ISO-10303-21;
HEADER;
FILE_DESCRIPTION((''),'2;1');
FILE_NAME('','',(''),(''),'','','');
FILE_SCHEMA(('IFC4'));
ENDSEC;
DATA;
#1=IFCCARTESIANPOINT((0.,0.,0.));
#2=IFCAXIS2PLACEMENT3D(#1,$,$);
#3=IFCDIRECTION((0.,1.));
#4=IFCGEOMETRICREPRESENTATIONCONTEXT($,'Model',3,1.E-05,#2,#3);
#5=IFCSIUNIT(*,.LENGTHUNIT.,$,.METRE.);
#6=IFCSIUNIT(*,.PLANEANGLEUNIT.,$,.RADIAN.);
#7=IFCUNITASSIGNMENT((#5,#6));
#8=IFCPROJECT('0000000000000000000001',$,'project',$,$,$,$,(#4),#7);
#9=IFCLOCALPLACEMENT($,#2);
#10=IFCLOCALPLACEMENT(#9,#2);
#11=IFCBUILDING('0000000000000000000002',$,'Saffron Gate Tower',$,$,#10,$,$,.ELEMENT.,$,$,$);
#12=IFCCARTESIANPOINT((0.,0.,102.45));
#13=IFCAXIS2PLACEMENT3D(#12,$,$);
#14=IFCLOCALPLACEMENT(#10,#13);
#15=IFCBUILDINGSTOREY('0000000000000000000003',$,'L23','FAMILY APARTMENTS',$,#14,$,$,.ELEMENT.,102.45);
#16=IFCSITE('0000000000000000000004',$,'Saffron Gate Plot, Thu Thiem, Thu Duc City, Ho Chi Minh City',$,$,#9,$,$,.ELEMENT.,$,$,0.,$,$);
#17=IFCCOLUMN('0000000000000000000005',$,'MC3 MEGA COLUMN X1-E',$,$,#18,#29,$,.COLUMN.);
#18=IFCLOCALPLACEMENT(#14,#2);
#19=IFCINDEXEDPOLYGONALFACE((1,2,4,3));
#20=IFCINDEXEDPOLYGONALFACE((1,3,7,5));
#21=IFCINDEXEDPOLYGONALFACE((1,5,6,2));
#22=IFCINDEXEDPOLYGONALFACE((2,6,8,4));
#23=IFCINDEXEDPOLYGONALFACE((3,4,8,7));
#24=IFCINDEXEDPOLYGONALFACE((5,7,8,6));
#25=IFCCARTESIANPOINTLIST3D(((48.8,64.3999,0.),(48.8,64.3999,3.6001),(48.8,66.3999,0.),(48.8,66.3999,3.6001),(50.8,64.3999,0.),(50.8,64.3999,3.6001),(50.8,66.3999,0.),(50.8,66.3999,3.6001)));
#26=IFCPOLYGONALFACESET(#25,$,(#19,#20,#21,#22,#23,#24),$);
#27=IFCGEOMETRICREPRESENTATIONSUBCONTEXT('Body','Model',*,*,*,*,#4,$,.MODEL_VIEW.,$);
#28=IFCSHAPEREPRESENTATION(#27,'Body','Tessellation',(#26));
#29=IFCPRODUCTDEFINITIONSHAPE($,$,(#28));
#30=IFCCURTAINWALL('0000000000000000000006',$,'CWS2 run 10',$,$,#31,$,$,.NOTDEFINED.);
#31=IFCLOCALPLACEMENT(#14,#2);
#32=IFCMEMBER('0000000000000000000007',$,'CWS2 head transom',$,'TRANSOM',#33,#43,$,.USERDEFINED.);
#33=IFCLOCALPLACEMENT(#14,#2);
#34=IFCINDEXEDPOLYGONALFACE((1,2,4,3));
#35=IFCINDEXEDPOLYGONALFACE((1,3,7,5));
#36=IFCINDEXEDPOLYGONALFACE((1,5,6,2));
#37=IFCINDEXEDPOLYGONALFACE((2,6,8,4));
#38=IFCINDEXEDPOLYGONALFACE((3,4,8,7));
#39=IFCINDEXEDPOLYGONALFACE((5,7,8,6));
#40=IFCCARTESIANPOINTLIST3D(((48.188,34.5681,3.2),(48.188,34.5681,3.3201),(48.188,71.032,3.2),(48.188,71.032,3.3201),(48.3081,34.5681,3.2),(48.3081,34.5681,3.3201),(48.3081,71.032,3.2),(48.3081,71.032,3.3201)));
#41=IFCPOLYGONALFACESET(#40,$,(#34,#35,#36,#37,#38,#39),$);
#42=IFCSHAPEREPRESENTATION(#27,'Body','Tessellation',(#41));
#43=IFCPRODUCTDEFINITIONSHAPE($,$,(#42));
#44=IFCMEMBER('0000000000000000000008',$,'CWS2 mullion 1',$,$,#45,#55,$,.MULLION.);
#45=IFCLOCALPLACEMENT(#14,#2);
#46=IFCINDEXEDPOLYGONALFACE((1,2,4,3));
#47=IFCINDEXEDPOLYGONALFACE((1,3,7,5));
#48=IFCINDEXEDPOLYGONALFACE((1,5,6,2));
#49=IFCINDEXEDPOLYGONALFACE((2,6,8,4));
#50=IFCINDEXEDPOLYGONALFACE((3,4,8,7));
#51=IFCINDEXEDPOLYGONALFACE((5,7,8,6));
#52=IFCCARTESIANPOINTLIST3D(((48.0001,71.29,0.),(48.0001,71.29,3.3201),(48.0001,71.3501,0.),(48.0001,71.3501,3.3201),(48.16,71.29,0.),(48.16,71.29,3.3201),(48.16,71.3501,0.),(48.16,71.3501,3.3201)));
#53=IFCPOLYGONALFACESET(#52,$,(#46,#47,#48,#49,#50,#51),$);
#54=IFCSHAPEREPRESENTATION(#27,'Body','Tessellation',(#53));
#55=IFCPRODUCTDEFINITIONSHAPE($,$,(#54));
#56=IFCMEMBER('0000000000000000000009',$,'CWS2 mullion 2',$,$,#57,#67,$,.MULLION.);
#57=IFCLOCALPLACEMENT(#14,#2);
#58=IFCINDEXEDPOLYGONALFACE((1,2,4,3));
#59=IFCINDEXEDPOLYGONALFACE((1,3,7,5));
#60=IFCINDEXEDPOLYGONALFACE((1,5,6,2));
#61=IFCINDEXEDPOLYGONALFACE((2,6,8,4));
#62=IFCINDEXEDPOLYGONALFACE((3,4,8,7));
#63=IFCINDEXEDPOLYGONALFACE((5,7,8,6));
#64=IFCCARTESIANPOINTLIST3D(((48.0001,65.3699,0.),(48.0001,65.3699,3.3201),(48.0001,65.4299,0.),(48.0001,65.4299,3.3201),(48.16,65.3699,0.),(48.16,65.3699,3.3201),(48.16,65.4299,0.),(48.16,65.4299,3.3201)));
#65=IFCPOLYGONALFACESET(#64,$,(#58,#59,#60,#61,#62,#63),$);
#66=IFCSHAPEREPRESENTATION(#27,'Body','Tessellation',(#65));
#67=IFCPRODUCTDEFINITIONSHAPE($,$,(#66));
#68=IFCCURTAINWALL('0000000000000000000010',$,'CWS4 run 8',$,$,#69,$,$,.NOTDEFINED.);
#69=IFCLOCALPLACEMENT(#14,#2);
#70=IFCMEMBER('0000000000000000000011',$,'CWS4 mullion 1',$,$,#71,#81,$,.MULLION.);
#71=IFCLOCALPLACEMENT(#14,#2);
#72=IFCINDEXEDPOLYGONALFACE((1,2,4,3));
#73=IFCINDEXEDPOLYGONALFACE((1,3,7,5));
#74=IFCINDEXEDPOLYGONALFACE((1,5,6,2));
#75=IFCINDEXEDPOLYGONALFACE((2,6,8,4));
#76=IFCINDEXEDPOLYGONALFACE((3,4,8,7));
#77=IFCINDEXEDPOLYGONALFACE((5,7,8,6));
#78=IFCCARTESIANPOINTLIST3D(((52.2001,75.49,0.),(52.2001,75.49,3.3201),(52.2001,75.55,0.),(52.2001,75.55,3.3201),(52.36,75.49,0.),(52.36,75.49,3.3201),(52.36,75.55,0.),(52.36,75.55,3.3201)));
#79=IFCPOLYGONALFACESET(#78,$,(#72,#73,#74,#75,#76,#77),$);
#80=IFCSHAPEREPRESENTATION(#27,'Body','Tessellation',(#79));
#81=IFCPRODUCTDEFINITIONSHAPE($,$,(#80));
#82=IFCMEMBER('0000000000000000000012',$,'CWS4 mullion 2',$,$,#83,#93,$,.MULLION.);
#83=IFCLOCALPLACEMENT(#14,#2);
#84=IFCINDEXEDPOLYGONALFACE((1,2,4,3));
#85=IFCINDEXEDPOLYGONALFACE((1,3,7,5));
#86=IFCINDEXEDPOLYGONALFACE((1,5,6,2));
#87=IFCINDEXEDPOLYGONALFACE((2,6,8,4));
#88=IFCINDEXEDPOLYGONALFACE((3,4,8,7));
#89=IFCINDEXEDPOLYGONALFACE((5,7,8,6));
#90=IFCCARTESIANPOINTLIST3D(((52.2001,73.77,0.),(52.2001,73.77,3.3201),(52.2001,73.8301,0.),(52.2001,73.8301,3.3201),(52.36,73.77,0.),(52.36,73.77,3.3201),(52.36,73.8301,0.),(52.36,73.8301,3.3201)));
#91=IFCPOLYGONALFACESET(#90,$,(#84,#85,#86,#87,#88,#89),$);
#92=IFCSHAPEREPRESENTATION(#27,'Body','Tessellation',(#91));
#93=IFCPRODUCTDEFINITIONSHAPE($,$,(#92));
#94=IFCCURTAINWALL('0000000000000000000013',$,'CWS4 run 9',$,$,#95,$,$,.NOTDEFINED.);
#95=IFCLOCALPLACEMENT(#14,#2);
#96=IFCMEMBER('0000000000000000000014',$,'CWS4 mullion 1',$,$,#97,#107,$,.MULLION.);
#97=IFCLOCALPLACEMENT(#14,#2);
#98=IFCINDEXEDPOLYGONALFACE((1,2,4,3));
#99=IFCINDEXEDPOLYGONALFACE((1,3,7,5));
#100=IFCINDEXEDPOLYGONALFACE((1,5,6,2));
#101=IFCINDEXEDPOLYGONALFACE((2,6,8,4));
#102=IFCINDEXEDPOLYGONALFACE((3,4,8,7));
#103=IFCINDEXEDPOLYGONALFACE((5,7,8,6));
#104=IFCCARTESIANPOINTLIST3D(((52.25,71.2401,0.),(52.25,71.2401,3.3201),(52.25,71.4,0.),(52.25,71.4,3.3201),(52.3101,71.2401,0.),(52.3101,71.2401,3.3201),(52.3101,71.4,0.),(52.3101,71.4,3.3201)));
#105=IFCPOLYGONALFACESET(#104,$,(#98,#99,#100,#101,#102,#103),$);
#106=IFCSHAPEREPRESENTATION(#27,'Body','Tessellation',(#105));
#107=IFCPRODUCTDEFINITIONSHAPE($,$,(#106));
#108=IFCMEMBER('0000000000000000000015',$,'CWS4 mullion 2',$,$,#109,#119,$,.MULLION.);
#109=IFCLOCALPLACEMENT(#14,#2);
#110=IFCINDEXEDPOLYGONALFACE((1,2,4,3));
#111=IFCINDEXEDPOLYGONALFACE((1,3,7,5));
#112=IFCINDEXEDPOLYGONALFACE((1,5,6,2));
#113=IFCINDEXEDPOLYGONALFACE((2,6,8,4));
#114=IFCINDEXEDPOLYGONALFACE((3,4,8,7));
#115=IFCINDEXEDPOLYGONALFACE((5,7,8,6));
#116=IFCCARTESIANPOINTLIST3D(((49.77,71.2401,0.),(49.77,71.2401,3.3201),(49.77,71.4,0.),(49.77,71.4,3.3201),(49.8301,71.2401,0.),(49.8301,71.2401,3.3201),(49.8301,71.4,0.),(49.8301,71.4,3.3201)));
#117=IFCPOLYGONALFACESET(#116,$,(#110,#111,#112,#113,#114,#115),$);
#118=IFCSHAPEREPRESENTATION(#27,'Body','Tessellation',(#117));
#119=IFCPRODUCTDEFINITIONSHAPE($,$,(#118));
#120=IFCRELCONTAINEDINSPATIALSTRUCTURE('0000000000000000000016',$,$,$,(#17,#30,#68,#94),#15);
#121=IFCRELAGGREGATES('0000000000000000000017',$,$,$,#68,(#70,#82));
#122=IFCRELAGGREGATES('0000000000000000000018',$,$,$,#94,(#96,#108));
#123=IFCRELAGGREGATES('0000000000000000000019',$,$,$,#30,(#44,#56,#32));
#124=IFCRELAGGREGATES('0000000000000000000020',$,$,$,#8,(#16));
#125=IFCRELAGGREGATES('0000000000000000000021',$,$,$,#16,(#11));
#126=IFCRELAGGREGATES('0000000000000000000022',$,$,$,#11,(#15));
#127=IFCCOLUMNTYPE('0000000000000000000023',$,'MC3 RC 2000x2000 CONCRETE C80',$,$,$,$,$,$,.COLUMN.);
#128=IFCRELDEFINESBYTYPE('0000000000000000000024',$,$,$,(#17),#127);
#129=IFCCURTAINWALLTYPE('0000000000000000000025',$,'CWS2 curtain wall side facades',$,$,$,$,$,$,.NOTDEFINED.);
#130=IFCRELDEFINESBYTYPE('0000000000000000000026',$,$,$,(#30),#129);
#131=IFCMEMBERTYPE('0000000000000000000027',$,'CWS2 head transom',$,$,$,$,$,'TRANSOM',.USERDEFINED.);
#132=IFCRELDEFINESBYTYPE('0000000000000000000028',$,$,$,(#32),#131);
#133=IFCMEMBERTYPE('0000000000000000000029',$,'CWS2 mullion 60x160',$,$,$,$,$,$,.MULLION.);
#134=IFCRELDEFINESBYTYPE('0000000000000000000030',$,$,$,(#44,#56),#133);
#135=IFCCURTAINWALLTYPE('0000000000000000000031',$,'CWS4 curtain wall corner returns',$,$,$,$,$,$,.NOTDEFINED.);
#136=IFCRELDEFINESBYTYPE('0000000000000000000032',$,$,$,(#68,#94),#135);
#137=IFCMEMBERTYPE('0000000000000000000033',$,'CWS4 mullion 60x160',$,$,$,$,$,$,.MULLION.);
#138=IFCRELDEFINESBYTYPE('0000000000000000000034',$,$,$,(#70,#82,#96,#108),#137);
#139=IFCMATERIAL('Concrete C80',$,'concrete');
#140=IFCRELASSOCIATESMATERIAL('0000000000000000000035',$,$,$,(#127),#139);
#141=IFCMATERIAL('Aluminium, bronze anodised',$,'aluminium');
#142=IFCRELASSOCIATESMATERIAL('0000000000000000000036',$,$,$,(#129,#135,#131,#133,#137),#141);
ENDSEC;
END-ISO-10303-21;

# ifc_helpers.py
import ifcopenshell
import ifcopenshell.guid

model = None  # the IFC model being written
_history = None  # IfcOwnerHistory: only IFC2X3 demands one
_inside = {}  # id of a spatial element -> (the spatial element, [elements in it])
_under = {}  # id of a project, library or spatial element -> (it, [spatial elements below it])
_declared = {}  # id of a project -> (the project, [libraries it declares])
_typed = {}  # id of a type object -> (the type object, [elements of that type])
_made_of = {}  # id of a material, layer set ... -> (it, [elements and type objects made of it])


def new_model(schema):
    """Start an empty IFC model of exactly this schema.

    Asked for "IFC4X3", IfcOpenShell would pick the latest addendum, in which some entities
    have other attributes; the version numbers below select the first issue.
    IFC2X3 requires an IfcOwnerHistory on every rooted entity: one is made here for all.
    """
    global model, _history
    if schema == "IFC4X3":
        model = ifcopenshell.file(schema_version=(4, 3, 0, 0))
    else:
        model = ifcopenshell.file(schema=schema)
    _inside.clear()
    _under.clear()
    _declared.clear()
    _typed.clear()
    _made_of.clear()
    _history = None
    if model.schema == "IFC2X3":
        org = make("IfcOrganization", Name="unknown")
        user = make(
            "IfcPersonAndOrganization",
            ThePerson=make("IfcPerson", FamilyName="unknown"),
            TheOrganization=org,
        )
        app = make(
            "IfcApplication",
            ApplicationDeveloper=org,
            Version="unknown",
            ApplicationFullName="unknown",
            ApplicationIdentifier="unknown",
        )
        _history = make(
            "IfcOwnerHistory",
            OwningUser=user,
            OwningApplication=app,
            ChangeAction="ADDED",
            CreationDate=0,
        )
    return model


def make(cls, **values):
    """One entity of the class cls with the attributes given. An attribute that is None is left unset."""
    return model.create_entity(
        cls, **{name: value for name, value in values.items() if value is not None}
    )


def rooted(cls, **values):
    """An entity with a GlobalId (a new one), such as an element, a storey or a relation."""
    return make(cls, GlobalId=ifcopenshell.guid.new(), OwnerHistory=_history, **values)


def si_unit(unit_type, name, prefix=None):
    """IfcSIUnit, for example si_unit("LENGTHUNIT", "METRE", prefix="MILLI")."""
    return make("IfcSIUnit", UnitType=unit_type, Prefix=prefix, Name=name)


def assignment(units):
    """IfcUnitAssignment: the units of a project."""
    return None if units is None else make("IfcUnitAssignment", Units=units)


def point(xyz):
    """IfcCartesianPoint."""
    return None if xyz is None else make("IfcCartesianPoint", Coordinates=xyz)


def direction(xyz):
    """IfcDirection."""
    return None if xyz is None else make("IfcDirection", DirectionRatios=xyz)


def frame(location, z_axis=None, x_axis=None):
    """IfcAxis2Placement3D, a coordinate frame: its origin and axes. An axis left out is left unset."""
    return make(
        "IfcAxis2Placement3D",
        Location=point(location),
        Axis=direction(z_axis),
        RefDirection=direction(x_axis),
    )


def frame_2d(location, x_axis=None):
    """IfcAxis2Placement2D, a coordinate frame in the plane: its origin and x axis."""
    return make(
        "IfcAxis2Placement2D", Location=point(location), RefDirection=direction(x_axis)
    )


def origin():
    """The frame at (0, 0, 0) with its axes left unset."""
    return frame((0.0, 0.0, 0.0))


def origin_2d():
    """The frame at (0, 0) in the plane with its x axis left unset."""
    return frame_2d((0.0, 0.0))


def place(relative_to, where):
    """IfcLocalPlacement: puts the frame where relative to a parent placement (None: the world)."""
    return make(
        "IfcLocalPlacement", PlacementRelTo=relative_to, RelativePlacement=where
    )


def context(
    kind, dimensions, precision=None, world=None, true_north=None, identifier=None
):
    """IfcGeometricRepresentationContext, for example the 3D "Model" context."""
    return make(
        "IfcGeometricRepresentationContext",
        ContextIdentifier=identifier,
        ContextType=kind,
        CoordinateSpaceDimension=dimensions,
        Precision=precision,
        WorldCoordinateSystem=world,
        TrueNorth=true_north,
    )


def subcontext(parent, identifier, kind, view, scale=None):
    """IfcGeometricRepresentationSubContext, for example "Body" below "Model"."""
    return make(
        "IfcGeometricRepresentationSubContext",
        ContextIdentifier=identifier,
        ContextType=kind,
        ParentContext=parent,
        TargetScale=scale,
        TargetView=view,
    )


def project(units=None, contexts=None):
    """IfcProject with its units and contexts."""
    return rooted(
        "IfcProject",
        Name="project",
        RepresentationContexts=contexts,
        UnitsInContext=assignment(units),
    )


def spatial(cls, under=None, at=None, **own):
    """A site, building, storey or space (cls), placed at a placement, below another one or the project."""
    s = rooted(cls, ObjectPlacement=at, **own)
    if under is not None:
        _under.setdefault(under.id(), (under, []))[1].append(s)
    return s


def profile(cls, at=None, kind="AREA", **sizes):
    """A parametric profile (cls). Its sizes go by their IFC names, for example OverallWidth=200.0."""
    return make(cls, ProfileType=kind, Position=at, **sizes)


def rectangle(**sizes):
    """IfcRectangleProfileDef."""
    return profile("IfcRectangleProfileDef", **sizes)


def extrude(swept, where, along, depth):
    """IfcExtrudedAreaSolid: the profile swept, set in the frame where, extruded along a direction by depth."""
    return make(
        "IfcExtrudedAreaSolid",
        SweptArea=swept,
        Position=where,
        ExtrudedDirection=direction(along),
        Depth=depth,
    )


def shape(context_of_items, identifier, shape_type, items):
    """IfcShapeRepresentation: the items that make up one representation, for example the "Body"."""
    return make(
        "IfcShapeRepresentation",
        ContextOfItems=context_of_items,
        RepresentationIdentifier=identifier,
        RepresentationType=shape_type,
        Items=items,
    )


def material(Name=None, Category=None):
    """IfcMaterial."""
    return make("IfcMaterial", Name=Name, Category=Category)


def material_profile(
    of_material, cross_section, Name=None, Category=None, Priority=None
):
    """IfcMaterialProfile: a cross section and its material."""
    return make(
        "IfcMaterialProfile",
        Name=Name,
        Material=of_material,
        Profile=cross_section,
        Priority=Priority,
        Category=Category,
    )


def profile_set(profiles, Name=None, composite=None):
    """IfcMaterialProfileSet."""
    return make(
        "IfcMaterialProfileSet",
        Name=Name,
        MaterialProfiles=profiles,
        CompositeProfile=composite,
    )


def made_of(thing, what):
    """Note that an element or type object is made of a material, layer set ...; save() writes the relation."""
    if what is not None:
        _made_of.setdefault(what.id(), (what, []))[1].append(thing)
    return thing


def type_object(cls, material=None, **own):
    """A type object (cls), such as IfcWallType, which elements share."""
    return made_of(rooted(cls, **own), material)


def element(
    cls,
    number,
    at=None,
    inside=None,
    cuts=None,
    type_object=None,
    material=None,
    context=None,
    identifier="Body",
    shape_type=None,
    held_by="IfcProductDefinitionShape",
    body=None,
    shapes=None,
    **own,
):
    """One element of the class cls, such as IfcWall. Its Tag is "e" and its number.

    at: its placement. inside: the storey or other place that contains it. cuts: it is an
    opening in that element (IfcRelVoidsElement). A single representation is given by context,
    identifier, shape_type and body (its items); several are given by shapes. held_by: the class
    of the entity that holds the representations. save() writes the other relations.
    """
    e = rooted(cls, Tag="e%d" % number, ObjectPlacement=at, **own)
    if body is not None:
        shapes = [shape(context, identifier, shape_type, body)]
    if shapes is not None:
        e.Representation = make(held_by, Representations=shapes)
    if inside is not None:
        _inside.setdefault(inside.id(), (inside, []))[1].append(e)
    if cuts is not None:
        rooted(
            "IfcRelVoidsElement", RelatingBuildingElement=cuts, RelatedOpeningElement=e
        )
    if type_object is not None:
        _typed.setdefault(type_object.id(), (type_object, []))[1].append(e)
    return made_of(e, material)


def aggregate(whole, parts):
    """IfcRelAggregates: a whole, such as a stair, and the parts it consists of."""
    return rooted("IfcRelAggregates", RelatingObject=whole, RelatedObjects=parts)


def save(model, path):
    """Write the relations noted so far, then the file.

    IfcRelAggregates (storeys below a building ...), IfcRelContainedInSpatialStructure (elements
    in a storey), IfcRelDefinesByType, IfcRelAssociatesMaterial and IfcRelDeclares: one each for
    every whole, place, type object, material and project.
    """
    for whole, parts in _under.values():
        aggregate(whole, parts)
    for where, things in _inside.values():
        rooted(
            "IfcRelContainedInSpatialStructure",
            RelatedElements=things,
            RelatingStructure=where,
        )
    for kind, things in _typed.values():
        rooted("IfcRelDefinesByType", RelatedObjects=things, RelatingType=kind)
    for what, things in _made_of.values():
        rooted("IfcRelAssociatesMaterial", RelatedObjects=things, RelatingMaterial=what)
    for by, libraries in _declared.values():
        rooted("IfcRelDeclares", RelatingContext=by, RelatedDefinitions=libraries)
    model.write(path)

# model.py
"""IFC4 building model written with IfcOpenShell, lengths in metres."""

from ifc_helpers import new_model, si_unit, direction, frame, origin, origin_2d, place, context, subcontext, project, spatial, rectangle, extrude, material, material_profile, profile_set, type_object, element, aggregate, save


model = new_model("IFC4")

# Units and contexts
model_context = context("Model", 3, precision=1e-05, world=origin(), true_north=direction((0.0, 1.0)))
body_context = subcontext(model_context, "Body", "Model", "MODEL_VIEW")
ifc_project = project(units=[si_unit("LENGTHUNIT", "METRE"), si_unit("PLANEANGLEUNIT", "RADIAN")], contexts=[model_context])

# Site, building, storey
site_placement = place(None, origin())
site = spatial("IfcSite", under=ifc_project, at=site_placement, Name="Saffron Gate Plot, Thu Thiem, Thu Duc City, Ho Chi Minh City", CompositionType="ELEMENT", RefElevation=0.0)
building_placement = place(site_placement, origin())
building = spatial("IfcBuilding", under=site, at=building_placement, Name="Saffron Gate Tower", CompositionType="ELEMENT")
storey_placement = place(building_placement, frame((0.0, 0.0, 102.45)))
storey = spatial("IfcBuildingStorey", under=building, at=storey_placement, Name="L23", Description="FAMILY APARTMENTS", CompositionType="ELEMENT", Elevation=102.45)

# Column
ifc_material_1 = material(Name="Concrete C80", Category="concrete")
ifc_material_profile_1 = material_profile(ifc_material_1, rectangle(XDim=2.0, YDim=2.0, at=origin_2d()))
ifc_profile_set_1 = profile_set([ifc_material_profile_1], Name="Concrete C80")
column_type = type_object("IfcColumnType", Name="MC3 RC 2000x2000 CONCRETE C80", PredefinedType="COLUMN", material=ifc_profile_set_1)
column_placement = place(storey_placement, frame((49.8, 65.3999, 0.0), z_axis=(0.0, 0.0, 1.0), x_axis=(1.0, 0.0, 0.0)))
element("IfcColumn", 1, at=column_placement, inside=storey, type_object=column_type, Name="MC3 MEGA COLUMN X1-E", PredefinedType="COLUMN", context=body_context, shape_type="SweptSolid", body=[
    extrude(rectangle(XDim=2.0, YDim=2.0, at=origin_2d()), origin(), (0.0, 0.0, 1.0), 3.6001),
])

# Curtain walls, members
ifc_material_2 = material(Name="Aluminium, bronze anodised", Category="aluminium")
curtain_wall_type_1 = type_object("IfcCurtainWallType", Name="CWS2 curtain wall side facades", PredefinedType="NOTDEFINED", material=ifc_material_2)
curtain_wall_1_placement = place(storey_placement, origin())
curtain_wall_1 = element("IfcCurtainWall", 2, at=curtain_wall_1_placement, inside=storey, type_object=curtain_wall_type_1, Name="CWS2 run 10", PredefinedType="NOTDEFINED")
ifc_material_profile_2 = material_profile(ifc_material_2, rectangle(XDim=0.1201, YDim=0.1201, at=origin_2d()))
ifc_profile_set_2 = profile_set([ifc_material_profile_2], Name="Aluminium, bronze anodised")
member_type_1 = type_object("IfcMemberType", Name="CWS2 head transom", ElementType="TRANSOM", PredefinedType="USERDEFINED", material=ifc_profile_set_2)
member_1_placement = place(storey_placement, frame((48.248, 71.032, 3.26), z_axis=(0.0, -1.0, 0.0), x_axis=(1.0, 0.0, 0.0)))
member_1 = element("IfcMember", 3, at=member_1_placement, type_object=member_type_1, Name="CWS2 head transom", ObjectType="TRANSOM", PredefinedType="USERDEFINED", context=body_context, shape_type="SweptSolid", body=[
    extrude(rectangle(XDim=0.1201, YDim=0.1201, at=origin_2d()), origin(), (0.0, 0.0, 1.0), 36.4639),
])
ifc_material_profile_3 = material_profile(ifc_material_2, rectangle(XDim=0.1599, YDim=0.0601, at=origin_2d()))
ifc_profile_set_3 = profile_set([ifc_material_profile_3], Name="Aluminium, bronze anodised")
member_type_2 = type_object("IfcMemberType", Name="CWS2 mullion 60x160", PredefinedType="MULLION", material=ifc_profile_set_3)
member_2_placement = place(storey_placement, frame((48.0801, 71.3201, 0.0), z_axis=(0.0, 0.0, 1.0), x_axis=(1.0, 0.0, 0.0)))
member_2 = element("IfcMember", 4, at=member_2_placement, type_object=member_type_2, Name="CWS2 mullion 1", PredefinedType="MULLION", context=body_context, shape_type="SweptSolid", body=[
    extrude(rectangle(XDim=0.1599, YDim=0.0601, at=origin_2d()), origin(), (0.0, 0.0, 1.0), 3.3201),
])
member_3_placement = place(storey_placement, frame((48.0801, 65.3999, 0.0), z_axis=(0.0, 0.0, 1.0), x_axis=(1.0, 0.0, 0.0)))
member_3 = element("IfcMember", 5, at=member_3_placement, type_object=member_type_2, Name="CWS2 mullion 2", PredefinedType="MULLION", context=body_context, shape_type="SweptSolid", body=[
    extrude(rectangle(XDim=0.1599, YDim=0.0601, at=origin_2d()), origin(), (0.0, 0.0, 1.0), 3.3201),
])
curtain_wall_type_2 = type_object("IfcCurtainWallType", Name="CWS4 curtain wall corner returns", PredefinedType="NOTDEFINED", material=ifc_material_2)
curtain_wall_2_placement = place(storey_placement, origin())
curtain_wall_2 = element("IfcCurtainWall", 6, at=curtain_wall_2_placement, inside=storey, type_object=curtain_wall_type_2, Name="CWS4 run 8", PredefinedType="NOTDEFINED")
ifc_material_profile_4 = material_profile(ifc_material_2, rectangle(XDim=0.1599, YDim=0.0601, at=origin_2d()))
ifc_profile_set_4 = profile_set([ifc_material_profile_4], Name="Aluminium, bronze anodised")
member_type_3 = type_object("IfcMemberType", Name="CWS4 mullion 60x160", PredefinedType="MULLION", material=ifc_profile_set_4)
member_4_placement = place(storey_placement, frame((52.28, 75.52, 0.0), z_axis=(0.0, 0.0, 1.0), x_axis=(1.0, 0.0, 0.0)))
member_4 = element("IfcMember", 7, at=member_4_placement, type_object=member_type_3, Name="CWS4 mullion 1", PredefinedType="MULLION", context=body_context, shape_type="SweptSolid", body=[
    extrude(rectangle(XDim=0.1599, YDim=0.0601, at=origin_2d()), origin(), (0.0, 0.0, 1.0), 3.3201),
])
member_5_placement = place(storey_placement, frame((52.28, 73.8, 0.0), z_axis=(0.0, 0.0, 1.0), x_axis=(1.0, 0.0, 0.0)))
member_5 = element("IfcMember", 8, at=member_5_placement, type_object=member_type_3, Name="CWS4 mullion 2", PredefinedType="MULLION", context=body_context, shape_type="SweptSolid", body=[
    extrude(rectangle(XDim=0.1599, YDim=0.0601, at=origin_2d()), origin(), (0.0, 0.0, 1.0), 3.3201),
])
aggregate(curtain_wall_2, [member_4, member_5])
curtain_wall_3_placement = place(storey_placement, origin())
curtain_wall_3 = element("IfcCurtainWall", 9, at=curtain_wall_3_placement, inside=storey, type_object=curtain_wall_type_2, Name="CWS4 run 9", PredefinedType="NOTDEFINED")
member_6_placement = place(storey_placement, frame((52.28, 71.3201, 0.0), z_axis=(0.0, 0.0, 1.0), x_axis=(0.0, -1.0, 0.0)))
member_6 = element("IfcMember", 10, at=member_6_placement, type_object=member_type_3, Name="CWS4 mullion 1", PredefinedType="MULLION", context=body_context, shape_type="SweptSolid", body=[
    extrude(rectangle(XDim=0.1599, YDim=0.0601, at=origin_2d()), origin(), (0.0, 0.0, 1.0), 3.3201),
])
member_7_placement = place(storey_placement, frame((49.8, 71.3201, 0.0), z_axis=(0.0, 0.0, 1.0), x_axis=(0.0, -1.0, 0.0)))
member_7 = element("IfcMember", 11, at=member_7_placement, type_object=member_type_3, Name="CWS4 mullion 2", PredefinedType="MULLION", context=body_context, shape_type="SweptSolid", body=[
    extrude(rectangle(XDim=0.1599, YDim=0.0601, at=origin_2d()), origin(), (0.0, 0.0, 1.0), 3.3201),
])
aggregate(curtain_wall_3, [member_6, member_7])

aggregate(curtain_wall_1, [member_2, member_3, member_1])

save(model, "model.ifc")
